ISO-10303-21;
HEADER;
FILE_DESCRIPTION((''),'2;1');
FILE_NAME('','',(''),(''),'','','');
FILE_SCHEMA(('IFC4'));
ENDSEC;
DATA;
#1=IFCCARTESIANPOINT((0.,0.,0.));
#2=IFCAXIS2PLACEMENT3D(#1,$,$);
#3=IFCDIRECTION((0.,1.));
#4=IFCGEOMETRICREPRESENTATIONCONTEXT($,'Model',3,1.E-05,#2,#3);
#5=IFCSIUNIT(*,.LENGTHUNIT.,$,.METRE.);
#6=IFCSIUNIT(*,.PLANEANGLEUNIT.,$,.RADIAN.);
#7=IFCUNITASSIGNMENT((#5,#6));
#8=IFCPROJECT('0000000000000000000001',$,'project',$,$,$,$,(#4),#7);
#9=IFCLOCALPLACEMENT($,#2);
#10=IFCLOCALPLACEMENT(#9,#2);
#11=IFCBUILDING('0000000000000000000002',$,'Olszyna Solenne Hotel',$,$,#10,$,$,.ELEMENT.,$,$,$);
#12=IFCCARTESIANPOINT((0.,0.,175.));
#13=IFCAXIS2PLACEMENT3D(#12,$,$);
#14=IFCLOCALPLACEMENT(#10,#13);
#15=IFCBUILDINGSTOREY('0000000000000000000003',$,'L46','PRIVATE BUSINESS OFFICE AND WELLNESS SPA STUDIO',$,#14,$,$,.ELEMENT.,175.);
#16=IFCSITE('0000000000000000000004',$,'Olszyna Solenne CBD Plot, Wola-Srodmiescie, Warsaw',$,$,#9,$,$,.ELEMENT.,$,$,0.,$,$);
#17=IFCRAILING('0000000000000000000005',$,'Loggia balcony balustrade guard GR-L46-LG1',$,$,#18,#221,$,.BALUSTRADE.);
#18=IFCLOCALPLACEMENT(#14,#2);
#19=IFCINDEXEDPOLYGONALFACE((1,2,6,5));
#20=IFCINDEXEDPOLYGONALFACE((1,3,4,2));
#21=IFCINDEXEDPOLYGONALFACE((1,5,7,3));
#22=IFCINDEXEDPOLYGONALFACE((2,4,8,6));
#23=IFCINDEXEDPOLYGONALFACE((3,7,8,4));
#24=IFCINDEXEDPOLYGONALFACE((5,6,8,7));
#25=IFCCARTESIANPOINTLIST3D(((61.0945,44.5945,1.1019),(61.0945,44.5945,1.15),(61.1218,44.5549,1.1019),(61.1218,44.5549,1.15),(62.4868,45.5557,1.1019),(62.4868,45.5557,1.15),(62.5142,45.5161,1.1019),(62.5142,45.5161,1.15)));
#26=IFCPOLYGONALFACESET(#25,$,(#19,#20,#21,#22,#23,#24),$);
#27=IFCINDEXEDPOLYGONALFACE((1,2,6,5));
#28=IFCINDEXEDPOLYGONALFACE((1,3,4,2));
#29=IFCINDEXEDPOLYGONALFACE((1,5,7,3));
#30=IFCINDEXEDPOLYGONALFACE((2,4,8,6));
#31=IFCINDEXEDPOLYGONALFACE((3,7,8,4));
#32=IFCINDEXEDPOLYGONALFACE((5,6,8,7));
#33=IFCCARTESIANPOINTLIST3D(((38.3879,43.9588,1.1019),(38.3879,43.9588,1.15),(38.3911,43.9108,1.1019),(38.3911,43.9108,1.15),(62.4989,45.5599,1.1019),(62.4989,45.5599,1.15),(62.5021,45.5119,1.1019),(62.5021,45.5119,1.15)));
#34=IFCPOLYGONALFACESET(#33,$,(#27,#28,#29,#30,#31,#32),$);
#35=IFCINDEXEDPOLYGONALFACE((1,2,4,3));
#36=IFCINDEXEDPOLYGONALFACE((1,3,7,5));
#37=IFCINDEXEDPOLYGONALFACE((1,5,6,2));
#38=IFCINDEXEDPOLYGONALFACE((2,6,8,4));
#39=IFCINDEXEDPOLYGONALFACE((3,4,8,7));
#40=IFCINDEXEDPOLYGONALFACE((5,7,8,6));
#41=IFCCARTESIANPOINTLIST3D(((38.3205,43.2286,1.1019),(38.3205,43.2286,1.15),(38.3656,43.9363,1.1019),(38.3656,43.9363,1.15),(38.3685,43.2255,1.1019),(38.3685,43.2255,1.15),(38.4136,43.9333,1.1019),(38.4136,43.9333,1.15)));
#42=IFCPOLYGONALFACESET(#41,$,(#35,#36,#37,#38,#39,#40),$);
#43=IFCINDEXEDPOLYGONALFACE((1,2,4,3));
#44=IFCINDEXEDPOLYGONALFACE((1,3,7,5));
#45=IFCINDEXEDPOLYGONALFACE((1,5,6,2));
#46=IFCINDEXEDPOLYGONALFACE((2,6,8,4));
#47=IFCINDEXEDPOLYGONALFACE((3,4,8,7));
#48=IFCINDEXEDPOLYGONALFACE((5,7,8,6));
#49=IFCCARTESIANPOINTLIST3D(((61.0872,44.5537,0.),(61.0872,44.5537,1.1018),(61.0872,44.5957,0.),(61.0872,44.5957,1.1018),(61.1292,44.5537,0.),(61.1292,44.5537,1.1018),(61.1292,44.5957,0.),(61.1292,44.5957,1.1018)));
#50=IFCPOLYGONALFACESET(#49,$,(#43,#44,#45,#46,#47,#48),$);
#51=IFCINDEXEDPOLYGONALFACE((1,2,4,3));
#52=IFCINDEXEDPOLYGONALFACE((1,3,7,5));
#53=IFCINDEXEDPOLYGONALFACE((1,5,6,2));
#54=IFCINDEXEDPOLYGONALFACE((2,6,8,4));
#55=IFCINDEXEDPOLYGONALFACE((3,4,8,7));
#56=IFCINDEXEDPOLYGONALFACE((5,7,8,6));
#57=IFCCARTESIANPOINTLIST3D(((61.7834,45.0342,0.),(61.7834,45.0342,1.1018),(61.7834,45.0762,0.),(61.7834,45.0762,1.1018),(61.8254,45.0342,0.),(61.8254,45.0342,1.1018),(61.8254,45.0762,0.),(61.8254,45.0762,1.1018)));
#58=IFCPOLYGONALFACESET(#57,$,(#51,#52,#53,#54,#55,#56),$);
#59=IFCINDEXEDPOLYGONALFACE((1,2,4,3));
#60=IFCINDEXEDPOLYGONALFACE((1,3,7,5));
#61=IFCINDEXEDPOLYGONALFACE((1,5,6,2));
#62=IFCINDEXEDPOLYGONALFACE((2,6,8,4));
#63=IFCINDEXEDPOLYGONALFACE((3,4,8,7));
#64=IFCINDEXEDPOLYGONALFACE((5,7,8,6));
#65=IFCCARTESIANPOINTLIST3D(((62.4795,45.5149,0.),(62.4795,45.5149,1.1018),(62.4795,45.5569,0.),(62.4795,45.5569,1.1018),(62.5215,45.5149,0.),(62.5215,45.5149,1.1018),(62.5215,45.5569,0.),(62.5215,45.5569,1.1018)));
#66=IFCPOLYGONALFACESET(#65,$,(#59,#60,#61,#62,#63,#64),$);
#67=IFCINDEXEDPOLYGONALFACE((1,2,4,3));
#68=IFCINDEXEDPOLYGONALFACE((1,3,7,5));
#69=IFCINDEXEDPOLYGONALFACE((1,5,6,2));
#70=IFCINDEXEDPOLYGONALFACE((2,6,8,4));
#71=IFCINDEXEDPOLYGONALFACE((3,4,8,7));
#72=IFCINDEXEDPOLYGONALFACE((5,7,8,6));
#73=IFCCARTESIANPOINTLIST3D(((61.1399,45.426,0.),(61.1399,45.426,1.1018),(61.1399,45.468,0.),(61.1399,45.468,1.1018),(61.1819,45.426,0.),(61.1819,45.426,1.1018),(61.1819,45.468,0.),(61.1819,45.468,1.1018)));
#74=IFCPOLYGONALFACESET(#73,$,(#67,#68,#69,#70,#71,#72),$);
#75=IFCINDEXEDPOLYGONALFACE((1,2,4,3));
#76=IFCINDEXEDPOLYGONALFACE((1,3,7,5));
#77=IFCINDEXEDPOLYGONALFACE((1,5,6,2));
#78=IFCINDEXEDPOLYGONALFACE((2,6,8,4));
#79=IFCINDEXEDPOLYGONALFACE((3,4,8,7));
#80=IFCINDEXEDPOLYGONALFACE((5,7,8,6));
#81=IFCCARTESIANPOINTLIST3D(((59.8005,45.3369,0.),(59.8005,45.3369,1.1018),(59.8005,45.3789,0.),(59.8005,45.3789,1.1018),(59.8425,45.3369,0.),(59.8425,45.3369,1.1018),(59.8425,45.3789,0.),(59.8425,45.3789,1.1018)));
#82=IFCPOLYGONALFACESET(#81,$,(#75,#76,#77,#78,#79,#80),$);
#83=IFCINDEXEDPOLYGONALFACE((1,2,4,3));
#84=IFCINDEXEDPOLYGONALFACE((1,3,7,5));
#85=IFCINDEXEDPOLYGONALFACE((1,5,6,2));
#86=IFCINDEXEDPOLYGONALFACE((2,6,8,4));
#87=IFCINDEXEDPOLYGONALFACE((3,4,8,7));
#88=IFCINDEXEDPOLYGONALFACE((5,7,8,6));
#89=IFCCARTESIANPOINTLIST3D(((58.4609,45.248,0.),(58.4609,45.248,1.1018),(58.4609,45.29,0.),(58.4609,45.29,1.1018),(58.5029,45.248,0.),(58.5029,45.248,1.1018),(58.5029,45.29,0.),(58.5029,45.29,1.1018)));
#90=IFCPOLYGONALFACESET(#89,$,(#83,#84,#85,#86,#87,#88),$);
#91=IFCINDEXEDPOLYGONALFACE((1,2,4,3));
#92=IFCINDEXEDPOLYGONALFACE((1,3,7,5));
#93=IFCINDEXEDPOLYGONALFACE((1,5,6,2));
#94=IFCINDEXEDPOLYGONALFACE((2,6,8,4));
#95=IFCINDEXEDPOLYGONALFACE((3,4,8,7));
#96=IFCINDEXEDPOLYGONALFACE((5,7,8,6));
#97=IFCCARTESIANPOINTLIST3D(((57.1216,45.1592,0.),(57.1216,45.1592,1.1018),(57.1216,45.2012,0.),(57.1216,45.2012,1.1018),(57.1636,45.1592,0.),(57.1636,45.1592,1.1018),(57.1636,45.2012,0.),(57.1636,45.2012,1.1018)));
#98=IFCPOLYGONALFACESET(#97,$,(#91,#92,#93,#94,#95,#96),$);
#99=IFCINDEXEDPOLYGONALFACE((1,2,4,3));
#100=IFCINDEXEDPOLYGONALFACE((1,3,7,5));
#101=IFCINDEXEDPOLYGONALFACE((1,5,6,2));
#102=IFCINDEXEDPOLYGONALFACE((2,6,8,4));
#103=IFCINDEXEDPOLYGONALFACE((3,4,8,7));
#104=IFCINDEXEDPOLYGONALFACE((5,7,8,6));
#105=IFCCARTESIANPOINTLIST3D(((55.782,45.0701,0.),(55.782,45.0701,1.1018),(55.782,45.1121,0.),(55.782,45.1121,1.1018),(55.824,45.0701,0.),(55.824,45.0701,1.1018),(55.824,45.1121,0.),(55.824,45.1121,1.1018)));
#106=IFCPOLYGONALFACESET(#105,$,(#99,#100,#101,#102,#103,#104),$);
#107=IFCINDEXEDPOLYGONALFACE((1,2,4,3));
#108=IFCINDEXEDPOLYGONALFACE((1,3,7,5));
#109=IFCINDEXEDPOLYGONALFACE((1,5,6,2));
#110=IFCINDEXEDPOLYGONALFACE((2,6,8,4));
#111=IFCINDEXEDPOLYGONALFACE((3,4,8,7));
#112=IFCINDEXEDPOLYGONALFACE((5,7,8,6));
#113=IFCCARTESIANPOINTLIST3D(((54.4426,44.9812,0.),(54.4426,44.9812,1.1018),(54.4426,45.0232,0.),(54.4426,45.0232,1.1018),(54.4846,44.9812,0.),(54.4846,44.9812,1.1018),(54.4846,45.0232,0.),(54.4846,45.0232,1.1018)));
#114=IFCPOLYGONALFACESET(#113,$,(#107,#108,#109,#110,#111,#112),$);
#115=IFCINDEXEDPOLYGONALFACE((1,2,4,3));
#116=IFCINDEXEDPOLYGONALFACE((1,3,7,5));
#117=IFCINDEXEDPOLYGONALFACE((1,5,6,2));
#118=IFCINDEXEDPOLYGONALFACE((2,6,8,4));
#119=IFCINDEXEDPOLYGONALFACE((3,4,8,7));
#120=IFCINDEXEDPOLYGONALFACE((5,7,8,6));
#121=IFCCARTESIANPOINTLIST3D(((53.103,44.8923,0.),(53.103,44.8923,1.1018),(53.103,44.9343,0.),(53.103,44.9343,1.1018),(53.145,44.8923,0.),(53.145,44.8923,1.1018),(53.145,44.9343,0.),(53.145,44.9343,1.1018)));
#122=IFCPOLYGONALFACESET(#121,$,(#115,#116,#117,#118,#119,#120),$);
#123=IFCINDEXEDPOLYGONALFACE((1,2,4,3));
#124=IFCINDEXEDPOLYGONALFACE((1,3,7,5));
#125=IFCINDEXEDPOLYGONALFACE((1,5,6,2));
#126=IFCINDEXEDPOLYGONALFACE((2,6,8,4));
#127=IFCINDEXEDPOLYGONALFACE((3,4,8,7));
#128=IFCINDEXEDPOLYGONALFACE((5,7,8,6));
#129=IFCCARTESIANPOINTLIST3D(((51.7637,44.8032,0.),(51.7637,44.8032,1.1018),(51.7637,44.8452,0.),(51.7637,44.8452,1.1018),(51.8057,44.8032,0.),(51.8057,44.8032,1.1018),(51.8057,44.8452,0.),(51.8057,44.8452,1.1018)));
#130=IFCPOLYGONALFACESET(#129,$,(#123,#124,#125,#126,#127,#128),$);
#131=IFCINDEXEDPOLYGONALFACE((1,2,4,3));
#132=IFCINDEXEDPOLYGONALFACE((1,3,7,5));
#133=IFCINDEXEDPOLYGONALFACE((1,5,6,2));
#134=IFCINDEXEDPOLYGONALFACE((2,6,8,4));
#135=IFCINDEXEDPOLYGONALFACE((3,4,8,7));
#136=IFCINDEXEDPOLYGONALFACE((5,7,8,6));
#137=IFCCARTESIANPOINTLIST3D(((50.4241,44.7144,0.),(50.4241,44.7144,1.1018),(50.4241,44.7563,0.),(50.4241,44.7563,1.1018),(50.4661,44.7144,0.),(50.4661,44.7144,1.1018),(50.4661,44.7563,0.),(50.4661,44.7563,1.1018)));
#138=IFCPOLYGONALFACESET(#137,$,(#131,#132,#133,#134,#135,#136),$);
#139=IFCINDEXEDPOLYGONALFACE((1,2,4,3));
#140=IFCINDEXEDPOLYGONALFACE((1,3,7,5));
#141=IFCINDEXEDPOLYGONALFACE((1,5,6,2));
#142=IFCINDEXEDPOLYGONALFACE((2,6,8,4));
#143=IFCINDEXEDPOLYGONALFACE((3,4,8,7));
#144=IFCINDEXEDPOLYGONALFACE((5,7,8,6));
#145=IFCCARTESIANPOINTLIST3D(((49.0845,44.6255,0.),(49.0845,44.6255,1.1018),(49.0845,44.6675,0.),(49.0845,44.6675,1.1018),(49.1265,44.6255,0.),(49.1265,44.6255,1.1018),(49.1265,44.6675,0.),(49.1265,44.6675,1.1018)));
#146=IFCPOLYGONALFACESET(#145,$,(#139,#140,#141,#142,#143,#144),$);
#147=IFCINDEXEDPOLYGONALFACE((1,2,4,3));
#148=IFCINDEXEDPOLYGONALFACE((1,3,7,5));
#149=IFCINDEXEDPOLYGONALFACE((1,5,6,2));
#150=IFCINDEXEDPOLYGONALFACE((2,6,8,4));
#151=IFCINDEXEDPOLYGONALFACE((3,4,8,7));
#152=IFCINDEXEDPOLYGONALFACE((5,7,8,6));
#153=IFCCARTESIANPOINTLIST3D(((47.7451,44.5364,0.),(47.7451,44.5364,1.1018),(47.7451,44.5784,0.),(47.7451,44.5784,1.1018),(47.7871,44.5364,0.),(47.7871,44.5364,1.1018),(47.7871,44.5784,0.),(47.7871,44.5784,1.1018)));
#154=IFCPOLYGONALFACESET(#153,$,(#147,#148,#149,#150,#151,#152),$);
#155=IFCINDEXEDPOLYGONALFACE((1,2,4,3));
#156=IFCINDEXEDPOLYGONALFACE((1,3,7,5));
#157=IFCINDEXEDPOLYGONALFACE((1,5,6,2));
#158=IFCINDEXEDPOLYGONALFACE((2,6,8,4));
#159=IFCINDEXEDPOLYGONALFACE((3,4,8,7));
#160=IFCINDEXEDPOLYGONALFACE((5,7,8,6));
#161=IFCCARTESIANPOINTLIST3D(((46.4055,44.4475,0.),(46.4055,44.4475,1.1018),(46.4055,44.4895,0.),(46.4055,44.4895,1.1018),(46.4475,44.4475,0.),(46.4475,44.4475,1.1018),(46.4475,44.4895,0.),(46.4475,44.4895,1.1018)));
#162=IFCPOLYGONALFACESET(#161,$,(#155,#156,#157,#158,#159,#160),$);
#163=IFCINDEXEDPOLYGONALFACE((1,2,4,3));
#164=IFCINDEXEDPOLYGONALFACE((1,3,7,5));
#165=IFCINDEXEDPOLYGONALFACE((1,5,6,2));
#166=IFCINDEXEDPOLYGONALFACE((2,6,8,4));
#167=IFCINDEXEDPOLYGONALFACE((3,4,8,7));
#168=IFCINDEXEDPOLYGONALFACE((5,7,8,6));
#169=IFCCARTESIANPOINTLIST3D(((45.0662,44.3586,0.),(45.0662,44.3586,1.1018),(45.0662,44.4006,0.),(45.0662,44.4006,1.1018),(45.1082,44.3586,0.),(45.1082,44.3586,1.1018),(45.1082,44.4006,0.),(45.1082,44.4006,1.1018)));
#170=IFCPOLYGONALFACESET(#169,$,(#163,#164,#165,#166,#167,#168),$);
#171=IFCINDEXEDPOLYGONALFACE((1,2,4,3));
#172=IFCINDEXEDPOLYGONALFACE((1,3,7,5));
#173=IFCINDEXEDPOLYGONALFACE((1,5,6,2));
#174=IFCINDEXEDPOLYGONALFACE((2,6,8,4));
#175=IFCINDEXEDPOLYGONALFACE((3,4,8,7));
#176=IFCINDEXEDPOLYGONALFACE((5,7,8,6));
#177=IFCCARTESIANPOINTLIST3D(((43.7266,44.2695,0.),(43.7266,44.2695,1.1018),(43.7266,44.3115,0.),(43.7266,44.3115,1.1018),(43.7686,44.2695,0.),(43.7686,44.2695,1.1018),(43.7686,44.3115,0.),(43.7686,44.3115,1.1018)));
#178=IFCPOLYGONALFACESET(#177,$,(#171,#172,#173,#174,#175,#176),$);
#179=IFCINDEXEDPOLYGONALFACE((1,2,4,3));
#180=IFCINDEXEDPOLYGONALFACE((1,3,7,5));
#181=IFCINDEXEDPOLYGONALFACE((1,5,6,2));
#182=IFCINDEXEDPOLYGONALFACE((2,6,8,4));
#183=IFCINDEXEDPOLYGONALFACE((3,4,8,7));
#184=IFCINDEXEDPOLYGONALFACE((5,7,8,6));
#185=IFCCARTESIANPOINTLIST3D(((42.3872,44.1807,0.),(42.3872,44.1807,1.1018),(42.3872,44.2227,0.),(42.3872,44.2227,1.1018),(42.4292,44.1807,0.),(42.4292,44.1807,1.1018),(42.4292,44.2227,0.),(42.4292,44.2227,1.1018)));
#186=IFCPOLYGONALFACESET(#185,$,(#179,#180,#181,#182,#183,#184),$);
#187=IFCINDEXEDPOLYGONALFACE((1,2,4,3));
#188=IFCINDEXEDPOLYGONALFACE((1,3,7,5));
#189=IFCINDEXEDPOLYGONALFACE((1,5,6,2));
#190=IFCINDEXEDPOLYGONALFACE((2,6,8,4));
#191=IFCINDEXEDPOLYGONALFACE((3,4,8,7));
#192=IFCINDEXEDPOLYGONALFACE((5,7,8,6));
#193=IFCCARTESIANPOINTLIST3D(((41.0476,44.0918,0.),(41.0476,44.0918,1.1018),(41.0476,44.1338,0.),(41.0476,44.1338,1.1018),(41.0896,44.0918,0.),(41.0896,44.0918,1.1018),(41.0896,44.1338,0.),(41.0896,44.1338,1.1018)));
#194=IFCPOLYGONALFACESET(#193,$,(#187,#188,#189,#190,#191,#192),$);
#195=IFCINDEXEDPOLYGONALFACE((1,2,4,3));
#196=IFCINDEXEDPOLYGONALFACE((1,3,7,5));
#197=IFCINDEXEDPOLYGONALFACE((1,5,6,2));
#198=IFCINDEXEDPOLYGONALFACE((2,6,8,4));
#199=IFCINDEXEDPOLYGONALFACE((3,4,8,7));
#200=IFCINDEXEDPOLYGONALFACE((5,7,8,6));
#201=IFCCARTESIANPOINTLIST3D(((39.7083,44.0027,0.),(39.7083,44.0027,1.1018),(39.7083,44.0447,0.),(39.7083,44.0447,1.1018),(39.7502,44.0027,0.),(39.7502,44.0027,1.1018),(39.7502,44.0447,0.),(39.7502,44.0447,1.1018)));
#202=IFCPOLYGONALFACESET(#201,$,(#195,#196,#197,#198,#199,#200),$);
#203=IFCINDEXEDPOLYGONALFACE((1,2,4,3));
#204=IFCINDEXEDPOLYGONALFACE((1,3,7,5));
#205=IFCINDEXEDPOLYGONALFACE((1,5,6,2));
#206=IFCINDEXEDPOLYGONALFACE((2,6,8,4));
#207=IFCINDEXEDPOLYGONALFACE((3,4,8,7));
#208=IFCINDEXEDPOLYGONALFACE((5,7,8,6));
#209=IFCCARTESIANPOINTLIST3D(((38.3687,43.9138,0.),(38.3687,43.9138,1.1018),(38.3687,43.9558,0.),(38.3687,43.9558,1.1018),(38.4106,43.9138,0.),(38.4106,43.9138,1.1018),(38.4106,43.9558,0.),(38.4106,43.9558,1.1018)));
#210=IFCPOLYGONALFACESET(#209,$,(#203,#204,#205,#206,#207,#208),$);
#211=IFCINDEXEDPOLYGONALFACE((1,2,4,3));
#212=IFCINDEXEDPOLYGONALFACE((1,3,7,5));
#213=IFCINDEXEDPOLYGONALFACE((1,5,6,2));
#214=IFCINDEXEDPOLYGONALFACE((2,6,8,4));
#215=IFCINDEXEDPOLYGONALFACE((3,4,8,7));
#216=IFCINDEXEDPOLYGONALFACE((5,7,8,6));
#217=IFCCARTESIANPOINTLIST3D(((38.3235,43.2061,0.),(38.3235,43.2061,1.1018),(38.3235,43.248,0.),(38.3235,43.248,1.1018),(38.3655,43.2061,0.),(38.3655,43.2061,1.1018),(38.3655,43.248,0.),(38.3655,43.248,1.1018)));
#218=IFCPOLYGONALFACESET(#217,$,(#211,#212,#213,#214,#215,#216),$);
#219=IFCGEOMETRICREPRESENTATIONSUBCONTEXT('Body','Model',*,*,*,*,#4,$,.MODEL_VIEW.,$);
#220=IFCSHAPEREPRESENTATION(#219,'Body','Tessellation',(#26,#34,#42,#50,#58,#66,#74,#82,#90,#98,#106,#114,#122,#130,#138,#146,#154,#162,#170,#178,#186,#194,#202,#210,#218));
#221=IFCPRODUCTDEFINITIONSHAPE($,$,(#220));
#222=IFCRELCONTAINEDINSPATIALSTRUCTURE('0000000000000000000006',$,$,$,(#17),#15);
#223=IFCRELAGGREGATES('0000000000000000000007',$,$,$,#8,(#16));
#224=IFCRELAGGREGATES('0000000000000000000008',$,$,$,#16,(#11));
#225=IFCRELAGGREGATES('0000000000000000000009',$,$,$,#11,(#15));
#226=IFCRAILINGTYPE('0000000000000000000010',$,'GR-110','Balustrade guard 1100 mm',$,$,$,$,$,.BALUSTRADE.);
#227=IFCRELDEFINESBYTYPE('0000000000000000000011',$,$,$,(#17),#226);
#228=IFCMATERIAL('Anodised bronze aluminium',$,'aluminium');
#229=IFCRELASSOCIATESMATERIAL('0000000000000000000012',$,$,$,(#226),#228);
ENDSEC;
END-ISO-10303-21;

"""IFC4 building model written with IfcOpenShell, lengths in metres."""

from ifc_helpers import new_model, si_unit, direction, frame, origin, origin_2d, place, context, subcontext, project, spatial, rectangle, extrude, material, type_object, element, save


model = new_model("IFC4")

# Units and contexts
model_context = context("Model", 3, precision=1e-05, world=origin(), true_north=direction((0.0, 1.0)))
body_context = subcontext(model_context, "Body", "Model", "MODEL_VIEW")
ifc_project = project(units=[si_unit("LENGTHUNIT", "METRE"), si_unit("PLANEANGLEUNIT", "RADIAN")], contexts=[model_context])

# Site, building, storey
site_placement = place(None, origin())
site = spatial("IfcSite", under=ifc_project, at=site_placement, Name="Olszyna Solenne CBD Plot, Wola-Srodmiescie, Warsaw", CompositionType="ELEMENT", RefElevation=0.0)
building_placement = place(site_placement, origin())
building = spatial("IfcBuilding", under=site, at=building_placement, Name="Olszyna Solenne Hotel", CompositionType="ELEMENT")
storey_placement = place(building_placement, frame((0.0, 0.0, 175.0)))
storey = spatial("IfcBuildingStorey", under=building, at=storey_placement, Name="L46", Description="PRIVATE BUSINESS OFFICE AND WELLNESS SPA STUDIO", CompositionType="ELEMENT", Elevation=175.0)

# Railing
ifc_material_1 = material(Name="Anodised bronze aluminium", Category="aluminium")
railing_type = type_object("IfcRailingType", Name="GR-110", Description="Balustrade guard 1100 mm", PredefinedType="BALUSTRADE", material=ifc_material_1)
railing_placement = place(storey_placement, frame((61.1082, 44.5747, 0.0)))
element("IfcRailing", 1, at=railing_placement, inside=storey, type_object=railing_type, Name="Loggia balcony balustrade guard GR-L46-LG1", PredefinedType="BALUSTRADE", context=body_context, shape_type="SweptSolid", body=[
    extrude(rectangle(XDim=0.0481, YDim=0.0481, at=origin_2d()), frame((0.0, 0.0, 1.126), z_axis=(0.82295, 0.568114, 0.0), x_axis=(-0.568114, 0.82295, 0.0)), (0.0, 0.0, 1.0), 1.6919),
    extrude(rectangle(XDim=0.0481, YDim=0.0481, at=origin_2d()), frame((1.3923, 0.9612, 1.126), z_axis=(-0.997802, -0.066259, 0.0), x_axis=(0.066259, -0.997802, 0.0)), (0.0, 0.0, 1.0), 24.1641),
    extrude(rectangle(XDim=0.0481, YDim=0.0481, at=origin_2d()), frame((-22.7185, -0.6399, 1.126), z_axis=(-0.063686, -0.99797, 0.0), x_axis=(0.99797, -0.063686, 0.0)), (0.0, 0.0, 1.0), 0.7092),
    extrude(rectangle(XDim=0.042, YDim=0.042, at=origin_2d()), origin(), (0.0, 0.0, 1.0), 1.1018),
    extrude(rectangle(XDim=0.042, YDim=0.042, at=origin_2d()), frame((0.6963, 0.4805, 0.0)), (0.0, 0.0, 1.0), 1.1018),
    extrude(rectangle(XDim=0.042, YDim=0.042, at=origin_2d()), frame((1.3923, 0.9612, 0.0)), (0.0, 0.0, 1.0), 1.1018),
    extrude(rectangle(XDim=0.042, YDim=0.042, at=origin_2d()), frame((0.0527, 0.8723, 0.0)), (0.0, 0.0, 1.0), 1.1018),
    extrude(rectangle(XDim=0.042, YDim=0.042, at=origin_2d()), frame((-1.2866, 0.7832, 0.0)), (0.0, 0.0, 1.0), 1.1018),
    extrude(rectangle(XDim=0.042, YDim=0.042, at=origin_2d()), frame((-2.6262, 0.6943, 0.0)), (0.0, 0.0, 1.0), 1.1018),
    extrude(rectangle(XDim=0.042, YDim=0.042, at=origin_2d()), frame((-3.9656, 0.6055, 0.0)), (0.0, 0.0, 1.0), 1.1018),
    extrude(rectangle(XDim=0.042, YDim=0.042, at=origin_2d()), frame((-5.3052, 0.5164, 0.0)), (0.0, 0.0, 1.0), 1.1018),
    extrude(rectangle(XDim=0.042, YDim=0.042, at=origin_2d()), frame((-6.6445, 0.4275, 0.0)), (0.0, 0.0, 1.0), 1.1018),
    extrude(rectangle(XDim=0.042, YDim=0.042, at=origin_2d()), frame((-7.9841, 0.3386, 0.0)), (0.0, 0.0, 1.0), 1.1018),
    extrude(rectangle(XDim=0.042, YDim=0.042, at=origin_2d()), frame((-9.3235, 0.2495, 0.0)), (0.0, 0.0, 1.0), 1.1018),
    extrude(rectangle(XDim=0.042, YDim=0.042, at=origin_2d()), frame((-10.6631, 0.1606, 0.0)), (0.0, 0.0, 1.0), 1.1018),
    extrude(rectangle(XDim=0.042, YDim=0.042, at=origin_2d()), frame((-12.0027, 0.0718, 0.0)), (0.0, 0.0, 1.0), 1.1018),
    extrude(rectangle(XDim=0.042, YDim=0.042, at=origin_2d()), frame((-13.342, -0.0173, 0.0)), (0.0, 0.0, 1.0), 1.1018),
    extrude(rectangle(XDim=0.042, YDim=0.042, at=origin_2d()), frame((-14.6816, -0.1062, 0.0)), (0.0, 0.0, 1.0), 1.1018),
    extrude(rectangle(XDim=0.042, YDim=0.042, at=origin_2d()), frame((-16.021, -0.1951, 0.0)), (0.0, 0.0, 1.0), 1.1018),
    extrude(rectangle(XDim=0.042, YDim=0.042, at=origin_2d()), frame((-17.3606, -0.2842, 0.0)), (0.0, 0.0, 1.0), 1.1018),
    extrude(rectangle(XDim=0.042, YDim=0.042, at=origin_2d()), frame((-18.7, -0.373, 0.0)), (0.0, 0.0, 1.0), 1.1018),
    extrude(rectangle(XDim=0.042, YDim=0.042, at=origin_2d()), frame((-20.0396, -0.4619, 0.0)), (0.0, 0.0, 1.0), 1.1018),
    extrude(rectangle(XDim=0.042, YDim=0.042, at=origin_2d()), frame((-21.3789, -0.551, 0.0)), (0.0, 0.0, 1.0), 1.1018),
    extrude(rectangle(XDim=0.042, YDim=0.042, at=origin_2d()), frame((-22.7185, -0.6399, 0.0)), (0.0, 0.0, 1.0), 1.1018),
    extrude(rectangle(XDim=0.042, YDim=0.042, at=origin_2d()), frame((-22.7637, -1.3477, 0.0)), (0.0, 0.0, 1.0), 1.1018),
])

save(model, "model.ifc")
